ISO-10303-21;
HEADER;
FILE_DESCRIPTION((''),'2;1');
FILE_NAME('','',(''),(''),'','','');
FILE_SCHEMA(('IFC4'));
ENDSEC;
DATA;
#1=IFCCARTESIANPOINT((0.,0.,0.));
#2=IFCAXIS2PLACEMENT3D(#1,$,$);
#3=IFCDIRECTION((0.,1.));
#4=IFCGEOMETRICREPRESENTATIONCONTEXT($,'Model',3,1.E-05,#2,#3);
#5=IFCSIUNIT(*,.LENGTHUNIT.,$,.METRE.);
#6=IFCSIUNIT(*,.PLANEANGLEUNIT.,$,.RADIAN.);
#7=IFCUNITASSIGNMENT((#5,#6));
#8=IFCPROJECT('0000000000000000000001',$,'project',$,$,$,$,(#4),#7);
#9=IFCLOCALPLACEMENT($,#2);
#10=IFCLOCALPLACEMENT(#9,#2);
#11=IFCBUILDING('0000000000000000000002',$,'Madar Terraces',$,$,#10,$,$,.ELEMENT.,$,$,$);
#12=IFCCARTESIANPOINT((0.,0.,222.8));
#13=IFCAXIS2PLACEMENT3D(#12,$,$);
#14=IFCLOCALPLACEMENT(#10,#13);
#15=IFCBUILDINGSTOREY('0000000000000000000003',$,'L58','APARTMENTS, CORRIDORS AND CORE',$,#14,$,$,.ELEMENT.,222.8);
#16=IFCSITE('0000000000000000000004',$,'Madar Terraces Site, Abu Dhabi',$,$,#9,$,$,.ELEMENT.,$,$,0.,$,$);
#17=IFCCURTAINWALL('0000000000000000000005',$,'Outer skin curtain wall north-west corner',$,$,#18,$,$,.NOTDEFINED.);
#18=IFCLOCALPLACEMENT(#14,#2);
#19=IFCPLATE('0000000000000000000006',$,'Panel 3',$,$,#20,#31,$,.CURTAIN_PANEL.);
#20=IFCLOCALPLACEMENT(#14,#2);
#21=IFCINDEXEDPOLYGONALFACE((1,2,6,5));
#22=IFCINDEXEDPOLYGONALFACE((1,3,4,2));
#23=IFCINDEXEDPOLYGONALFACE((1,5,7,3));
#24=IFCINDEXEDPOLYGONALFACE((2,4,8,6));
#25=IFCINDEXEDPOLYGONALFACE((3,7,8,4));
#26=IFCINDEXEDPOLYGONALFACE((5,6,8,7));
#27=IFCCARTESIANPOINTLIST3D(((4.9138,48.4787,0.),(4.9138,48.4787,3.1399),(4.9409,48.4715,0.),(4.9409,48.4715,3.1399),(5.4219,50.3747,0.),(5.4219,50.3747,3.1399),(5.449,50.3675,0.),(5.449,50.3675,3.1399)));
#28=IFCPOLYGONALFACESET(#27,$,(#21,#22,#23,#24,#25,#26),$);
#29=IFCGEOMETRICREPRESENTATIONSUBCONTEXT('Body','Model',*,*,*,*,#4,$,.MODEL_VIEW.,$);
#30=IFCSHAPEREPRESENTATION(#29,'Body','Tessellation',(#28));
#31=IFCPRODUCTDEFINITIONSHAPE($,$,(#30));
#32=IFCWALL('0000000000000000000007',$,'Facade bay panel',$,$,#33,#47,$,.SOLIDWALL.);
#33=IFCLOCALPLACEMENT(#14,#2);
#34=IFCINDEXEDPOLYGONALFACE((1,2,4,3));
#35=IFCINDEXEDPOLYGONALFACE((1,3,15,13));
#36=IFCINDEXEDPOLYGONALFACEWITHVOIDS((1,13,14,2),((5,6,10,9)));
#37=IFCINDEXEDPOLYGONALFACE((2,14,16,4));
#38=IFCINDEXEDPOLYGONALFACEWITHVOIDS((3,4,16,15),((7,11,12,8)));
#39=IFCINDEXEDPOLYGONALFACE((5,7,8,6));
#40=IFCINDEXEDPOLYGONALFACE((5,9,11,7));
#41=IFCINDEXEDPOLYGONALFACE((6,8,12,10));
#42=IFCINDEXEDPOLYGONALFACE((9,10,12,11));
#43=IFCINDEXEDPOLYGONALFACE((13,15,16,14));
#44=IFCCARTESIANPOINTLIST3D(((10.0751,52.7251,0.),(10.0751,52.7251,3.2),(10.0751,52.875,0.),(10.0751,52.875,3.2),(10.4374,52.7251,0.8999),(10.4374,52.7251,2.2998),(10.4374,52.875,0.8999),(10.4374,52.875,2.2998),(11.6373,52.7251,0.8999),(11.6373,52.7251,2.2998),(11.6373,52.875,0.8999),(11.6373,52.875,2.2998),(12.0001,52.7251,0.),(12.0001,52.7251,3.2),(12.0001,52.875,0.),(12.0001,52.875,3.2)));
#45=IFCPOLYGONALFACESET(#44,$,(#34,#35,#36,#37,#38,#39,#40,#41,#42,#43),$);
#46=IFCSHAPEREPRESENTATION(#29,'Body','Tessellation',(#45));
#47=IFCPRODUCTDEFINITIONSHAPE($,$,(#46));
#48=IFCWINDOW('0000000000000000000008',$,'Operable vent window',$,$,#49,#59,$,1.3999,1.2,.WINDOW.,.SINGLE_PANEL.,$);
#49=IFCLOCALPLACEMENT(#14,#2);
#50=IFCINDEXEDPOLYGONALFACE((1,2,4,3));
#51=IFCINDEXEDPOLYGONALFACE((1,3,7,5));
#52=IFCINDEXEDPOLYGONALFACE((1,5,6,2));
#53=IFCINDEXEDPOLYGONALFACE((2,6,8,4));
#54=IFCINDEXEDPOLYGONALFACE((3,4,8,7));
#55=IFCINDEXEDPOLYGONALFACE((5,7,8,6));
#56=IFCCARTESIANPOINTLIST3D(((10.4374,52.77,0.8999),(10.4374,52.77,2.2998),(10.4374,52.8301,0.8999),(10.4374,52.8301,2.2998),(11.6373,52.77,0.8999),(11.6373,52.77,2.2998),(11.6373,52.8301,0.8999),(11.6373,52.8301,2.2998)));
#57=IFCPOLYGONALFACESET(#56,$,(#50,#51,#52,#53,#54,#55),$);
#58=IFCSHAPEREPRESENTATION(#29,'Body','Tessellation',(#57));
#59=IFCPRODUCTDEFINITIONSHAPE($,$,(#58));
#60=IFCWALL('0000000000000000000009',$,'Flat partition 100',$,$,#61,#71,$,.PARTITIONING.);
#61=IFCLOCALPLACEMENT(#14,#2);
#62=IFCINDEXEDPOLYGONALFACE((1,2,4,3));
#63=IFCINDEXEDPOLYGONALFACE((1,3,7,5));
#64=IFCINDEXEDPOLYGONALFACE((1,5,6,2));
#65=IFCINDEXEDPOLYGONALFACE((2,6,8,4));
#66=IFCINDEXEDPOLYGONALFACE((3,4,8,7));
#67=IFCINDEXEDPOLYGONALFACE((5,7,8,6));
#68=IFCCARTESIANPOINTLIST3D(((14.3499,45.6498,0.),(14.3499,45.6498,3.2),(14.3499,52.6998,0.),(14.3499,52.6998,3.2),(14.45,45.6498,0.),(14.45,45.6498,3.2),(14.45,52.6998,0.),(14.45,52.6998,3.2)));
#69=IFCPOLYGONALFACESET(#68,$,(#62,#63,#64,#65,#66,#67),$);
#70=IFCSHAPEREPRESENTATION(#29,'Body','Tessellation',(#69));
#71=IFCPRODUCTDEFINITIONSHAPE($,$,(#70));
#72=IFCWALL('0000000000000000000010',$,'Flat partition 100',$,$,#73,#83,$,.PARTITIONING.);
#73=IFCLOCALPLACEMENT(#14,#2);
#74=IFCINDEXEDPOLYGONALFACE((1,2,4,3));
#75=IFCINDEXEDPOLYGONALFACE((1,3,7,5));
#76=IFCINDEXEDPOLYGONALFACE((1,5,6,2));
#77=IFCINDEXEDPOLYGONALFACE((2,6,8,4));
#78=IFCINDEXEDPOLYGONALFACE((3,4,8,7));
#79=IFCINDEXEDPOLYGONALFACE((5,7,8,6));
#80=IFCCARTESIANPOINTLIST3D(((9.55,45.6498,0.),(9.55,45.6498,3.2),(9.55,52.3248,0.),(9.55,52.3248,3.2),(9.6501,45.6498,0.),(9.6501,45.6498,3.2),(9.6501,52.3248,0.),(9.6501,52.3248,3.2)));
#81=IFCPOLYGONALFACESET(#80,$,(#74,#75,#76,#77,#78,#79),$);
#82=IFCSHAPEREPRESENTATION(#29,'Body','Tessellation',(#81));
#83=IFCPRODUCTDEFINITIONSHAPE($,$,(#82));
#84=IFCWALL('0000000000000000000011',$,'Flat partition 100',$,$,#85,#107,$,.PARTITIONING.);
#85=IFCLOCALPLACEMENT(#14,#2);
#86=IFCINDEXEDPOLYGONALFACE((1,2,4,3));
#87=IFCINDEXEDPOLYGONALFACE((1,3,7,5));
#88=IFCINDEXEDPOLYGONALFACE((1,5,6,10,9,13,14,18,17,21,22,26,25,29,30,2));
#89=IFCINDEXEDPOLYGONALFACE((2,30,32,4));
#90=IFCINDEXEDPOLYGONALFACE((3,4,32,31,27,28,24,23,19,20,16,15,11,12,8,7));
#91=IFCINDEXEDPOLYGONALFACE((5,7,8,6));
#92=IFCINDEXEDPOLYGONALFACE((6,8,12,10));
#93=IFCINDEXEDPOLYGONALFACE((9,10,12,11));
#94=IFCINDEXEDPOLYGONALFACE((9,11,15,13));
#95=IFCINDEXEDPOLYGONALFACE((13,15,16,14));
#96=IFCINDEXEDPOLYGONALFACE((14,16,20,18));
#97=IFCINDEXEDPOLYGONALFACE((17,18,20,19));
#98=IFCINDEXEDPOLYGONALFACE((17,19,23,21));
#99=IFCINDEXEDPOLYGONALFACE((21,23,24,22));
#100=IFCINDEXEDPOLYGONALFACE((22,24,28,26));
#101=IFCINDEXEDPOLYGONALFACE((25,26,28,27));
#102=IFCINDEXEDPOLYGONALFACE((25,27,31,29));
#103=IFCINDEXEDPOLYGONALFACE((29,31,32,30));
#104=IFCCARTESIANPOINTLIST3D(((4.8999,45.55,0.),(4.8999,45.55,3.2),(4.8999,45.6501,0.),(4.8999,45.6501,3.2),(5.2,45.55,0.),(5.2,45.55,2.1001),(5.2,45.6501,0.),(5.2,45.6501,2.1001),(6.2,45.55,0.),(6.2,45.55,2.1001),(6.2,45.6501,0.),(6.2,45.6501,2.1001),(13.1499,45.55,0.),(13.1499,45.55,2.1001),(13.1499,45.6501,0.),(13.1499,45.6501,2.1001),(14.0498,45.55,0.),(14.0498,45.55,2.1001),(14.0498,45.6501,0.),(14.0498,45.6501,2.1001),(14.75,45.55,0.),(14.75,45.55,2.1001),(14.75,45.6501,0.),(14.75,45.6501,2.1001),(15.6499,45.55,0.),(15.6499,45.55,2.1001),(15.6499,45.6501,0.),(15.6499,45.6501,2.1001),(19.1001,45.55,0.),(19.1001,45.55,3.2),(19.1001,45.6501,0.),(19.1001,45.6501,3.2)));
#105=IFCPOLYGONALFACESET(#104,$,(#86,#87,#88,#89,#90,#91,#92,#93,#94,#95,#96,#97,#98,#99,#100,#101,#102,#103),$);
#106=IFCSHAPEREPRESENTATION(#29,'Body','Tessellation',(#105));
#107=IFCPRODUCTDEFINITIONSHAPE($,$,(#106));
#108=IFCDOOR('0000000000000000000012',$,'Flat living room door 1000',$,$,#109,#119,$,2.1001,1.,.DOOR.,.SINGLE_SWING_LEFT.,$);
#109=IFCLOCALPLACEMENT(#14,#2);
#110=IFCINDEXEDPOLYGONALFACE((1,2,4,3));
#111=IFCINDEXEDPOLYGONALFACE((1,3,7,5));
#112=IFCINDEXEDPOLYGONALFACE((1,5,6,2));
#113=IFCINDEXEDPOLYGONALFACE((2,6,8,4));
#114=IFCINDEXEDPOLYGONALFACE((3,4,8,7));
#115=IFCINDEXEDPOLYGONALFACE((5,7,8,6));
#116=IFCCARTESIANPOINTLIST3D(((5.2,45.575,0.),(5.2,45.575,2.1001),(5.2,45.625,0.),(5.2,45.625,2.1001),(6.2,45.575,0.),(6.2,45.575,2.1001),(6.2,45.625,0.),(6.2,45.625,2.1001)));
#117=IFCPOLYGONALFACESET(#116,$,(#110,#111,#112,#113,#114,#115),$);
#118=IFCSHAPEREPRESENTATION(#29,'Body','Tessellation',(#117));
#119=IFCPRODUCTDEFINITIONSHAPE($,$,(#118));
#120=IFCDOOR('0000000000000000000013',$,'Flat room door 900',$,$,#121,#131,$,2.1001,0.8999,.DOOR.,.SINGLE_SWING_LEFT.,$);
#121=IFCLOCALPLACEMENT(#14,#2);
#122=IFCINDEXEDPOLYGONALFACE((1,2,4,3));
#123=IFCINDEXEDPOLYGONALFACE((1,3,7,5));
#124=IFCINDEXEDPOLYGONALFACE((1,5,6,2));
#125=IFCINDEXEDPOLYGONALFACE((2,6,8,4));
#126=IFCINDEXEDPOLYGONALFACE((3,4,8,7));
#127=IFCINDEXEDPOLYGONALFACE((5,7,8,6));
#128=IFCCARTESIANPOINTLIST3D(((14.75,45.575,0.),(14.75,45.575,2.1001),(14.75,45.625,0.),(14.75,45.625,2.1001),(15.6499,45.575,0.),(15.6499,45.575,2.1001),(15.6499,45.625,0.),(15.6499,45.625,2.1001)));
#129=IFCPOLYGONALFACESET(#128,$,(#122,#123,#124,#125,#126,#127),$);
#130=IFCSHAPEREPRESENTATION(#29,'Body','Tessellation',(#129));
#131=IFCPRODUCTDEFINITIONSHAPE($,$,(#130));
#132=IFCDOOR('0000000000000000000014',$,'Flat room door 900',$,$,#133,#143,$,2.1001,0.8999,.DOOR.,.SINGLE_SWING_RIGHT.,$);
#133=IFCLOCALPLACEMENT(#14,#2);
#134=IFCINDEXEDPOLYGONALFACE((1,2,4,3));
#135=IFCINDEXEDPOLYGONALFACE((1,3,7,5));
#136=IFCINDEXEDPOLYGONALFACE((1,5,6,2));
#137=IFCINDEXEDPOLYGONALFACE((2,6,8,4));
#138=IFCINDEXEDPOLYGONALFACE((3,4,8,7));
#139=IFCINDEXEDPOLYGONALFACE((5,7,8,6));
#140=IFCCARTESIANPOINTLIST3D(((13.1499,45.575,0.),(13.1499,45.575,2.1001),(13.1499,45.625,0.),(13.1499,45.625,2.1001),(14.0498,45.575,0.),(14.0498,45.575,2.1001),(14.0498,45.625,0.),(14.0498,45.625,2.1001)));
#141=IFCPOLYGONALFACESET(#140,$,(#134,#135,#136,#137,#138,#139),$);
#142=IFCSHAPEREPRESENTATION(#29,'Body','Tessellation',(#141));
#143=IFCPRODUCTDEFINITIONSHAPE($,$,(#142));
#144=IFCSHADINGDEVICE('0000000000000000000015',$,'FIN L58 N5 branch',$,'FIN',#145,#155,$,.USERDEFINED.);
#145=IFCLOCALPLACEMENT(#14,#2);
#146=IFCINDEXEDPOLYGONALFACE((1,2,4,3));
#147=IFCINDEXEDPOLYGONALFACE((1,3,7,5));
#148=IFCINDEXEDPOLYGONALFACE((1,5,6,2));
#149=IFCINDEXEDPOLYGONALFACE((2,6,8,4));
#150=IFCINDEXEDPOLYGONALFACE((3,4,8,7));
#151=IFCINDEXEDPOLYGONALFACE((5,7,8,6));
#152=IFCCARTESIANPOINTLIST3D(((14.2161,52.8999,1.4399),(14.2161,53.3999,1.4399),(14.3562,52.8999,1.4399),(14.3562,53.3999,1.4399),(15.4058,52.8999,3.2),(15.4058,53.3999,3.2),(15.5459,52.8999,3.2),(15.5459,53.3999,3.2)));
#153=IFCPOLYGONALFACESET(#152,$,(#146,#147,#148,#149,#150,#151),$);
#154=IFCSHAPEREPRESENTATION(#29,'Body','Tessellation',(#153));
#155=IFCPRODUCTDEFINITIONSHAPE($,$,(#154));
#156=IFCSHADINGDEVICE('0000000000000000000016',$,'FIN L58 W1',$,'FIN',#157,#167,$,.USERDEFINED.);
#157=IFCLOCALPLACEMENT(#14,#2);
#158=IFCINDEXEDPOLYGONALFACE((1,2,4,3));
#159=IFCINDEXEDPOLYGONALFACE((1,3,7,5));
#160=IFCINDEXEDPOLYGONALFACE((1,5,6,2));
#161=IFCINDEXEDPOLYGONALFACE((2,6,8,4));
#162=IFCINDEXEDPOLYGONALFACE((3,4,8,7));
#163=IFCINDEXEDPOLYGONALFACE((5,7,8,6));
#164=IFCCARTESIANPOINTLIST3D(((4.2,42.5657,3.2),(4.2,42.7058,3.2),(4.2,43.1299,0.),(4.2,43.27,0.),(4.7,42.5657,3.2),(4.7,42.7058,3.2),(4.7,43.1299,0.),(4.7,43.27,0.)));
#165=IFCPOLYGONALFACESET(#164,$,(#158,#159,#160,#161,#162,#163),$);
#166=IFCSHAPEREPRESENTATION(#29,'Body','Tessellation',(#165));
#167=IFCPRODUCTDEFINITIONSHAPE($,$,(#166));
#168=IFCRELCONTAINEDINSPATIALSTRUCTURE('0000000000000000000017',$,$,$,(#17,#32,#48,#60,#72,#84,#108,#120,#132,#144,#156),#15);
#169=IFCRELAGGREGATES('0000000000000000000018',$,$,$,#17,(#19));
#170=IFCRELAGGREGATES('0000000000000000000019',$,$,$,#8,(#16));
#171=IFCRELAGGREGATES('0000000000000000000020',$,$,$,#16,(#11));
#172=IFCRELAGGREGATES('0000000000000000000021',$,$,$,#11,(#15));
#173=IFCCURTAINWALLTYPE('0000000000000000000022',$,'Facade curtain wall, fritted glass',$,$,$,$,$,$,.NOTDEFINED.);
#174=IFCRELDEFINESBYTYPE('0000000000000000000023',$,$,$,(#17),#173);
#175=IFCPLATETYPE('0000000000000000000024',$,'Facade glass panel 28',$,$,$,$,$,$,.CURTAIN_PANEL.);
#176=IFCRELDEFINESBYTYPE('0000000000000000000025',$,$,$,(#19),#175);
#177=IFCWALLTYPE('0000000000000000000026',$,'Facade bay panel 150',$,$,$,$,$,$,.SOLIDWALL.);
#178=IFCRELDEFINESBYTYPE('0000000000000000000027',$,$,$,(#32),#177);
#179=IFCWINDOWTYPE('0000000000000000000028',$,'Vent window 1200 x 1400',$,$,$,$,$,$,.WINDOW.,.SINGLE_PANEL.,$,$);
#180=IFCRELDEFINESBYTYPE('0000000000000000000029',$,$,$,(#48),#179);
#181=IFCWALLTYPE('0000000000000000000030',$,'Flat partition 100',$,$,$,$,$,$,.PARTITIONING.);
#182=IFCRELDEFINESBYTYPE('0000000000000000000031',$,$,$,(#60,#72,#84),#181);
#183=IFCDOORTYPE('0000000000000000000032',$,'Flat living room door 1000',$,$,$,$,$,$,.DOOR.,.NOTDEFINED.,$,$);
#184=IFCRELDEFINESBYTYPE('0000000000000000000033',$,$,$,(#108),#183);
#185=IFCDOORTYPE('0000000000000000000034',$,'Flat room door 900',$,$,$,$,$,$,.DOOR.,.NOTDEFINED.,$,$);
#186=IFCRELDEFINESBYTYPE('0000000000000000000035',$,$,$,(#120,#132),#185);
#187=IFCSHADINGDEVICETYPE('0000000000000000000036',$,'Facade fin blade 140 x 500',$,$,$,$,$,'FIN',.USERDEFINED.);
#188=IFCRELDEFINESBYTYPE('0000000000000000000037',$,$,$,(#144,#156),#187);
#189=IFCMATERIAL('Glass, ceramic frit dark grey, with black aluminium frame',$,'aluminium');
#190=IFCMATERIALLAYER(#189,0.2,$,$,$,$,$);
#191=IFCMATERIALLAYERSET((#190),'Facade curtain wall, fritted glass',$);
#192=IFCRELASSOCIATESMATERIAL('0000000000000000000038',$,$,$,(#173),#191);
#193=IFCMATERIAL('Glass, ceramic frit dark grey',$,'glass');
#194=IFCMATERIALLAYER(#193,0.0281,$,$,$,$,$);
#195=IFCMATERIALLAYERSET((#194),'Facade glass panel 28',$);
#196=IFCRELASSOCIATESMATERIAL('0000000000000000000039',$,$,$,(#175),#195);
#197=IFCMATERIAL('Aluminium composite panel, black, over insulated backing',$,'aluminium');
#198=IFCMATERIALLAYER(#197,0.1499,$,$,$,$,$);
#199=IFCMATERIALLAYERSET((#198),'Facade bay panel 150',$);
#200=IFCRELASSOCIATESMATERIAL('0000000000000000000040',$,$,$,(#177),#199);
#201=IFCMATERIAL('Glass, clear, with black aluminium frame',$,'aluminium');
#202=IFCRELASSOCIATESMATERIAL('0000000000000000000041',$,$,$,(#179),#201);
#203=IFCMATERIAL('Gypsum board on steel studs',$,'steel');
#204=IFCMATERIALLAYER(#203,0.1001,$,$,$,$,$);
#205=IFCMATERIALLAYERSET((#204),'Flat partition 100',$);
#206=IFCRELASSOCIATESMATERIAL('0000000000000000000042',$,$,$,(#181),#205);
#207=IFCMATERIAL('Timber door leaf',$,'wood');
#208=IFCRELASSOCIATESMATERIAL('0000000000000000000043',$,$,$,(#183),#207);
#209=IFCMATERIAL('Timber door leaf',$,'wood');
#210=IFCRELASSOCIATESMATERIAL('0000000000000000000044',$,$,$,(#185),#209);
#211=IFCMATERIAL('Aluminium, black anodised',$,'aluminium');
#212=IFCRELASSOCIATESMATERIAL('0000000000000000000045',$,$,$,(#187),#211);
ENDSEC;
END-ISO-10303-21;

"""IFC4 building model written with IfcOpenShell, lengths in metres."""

from ifc_helpers import new_model, si_unit, direction, frame, frame_2d, origin, origin_2d, place, context, subcontext, project, spatial, polyline, rectangle, outline, extrude, material, layer, layer_set, type_object, element, fill, aggregate, save


model = new_model("IFC4")

# Units and contexts
model_context = context("Model", 3, precision=1e-05, world=origin(), true_north=direction((0.0, 1.0)))
body_context = subcontext(model_context, "Body", "Model", "MODEL_VIEW")
ifc_project = project(units=[si_unit("LENGTHUNIT", "METRE"), si_unit("PLANEANGLEUNIT", "RADIAN")], contexts=[model_context])

# Site, building, storey
site_placement = place(None, origin())
site = spatial("IfcSite", under=ifc_project, at=site_placement, Name="Madar Terraces Site, Abu Dhabi", CompositionType="ELEMENT", RefElevation=0.0)
building_placement = place(site_placement, origin())
building = spatial("IfcBuilding", under=site, at=building_placement, Name="Madar Terraces", CompositionType="ELEMENT")
storey_placement = place(building_placement, frame((0.0, 0.0, 222.8)))
storey = spatial("IfcBuildingStorey", under=building, at=storey_placement, Name="L58", Description="APARTMENTS, CORRIDORS AND CORE", CompositionType="ELEMENT", Elevation=222.8)

# Shared definitions
ifc_material_1 = material(Name="Glass, ceramic frit dark grey, with black aluminium frame", Category="aluminium")
ifc_layer_1 = layer(ifc_material_1, 0.2)
ifc_layer_set_1 = layer_set([ifc_layer_1], Name="Facade curtain wall, fritted glass")
curtain_wall_type = type_object("IfcCurtainWallType", Name="Facade curtain wall, fritted glass", PredefinedType="NOTDEFINED", material=ifc_layer_set_1)

# Curtain wall
curtain_wall_1_placement = place(storey_placement, origin())
curtain_wall_1 = element("IfcCurtainWall", 1, at=curtain_wall_1_placement, inside=storey, type_object=curtain_wall_type, Name="Outer skin curtain wall north-west corner", PredefinedType="NOTDEFINED")

# Shared definitions
ifc_material_2 = material(Name="Glass, ceramic frit dark grey", Category="glass")
ifc_layer_2 = layer(ifc_material_2, 0.0281)
ifc_layer_set_2 = layer_set([ifc_layer_2], Name="Facade glass panel 28")
plate_type = type_object("IfcPlateType", Name="Facade glass panel 28", PredefinedType="CURTAIN_PANEL", material=ifc_layer_set_2)

# Plate
plate_1_placement = place(storey_placement, frame((5.1814, 49.4231, 0.0), z_axis=(0.0, 0.0, 1.0), x_axis=(-0.258819, -0.965926, 0.0)))
plate_1 = element("IfcPlate", 2, at=plate_1_placement, type_object=plate_type, Name="Panel 3", PredefinedType="CURTAIN_PANEL", context=body_context, shape_type="SweptSolid", body=[
    extrude(rectangle(XDim=1.9629, YDim=0.0281, at=origin_2d()), origin(), (0.0, 0.0, 1.0), 3.1399),
])
aggregate(curtain_wall_1, [plate_1])

# Wall, opening, window
ifc_material_3 = material(Name="Aluminium composite panel, black, over insulated backing", Category="aluminium")
ifc_layer_3 = layer(ifc_material_3, 0.1499)
ifc_layer_set_3 = layer_set([ifc_layer_3], Name="Facade bay panel 150")
wall_type_1 = type_object("IfcWallType", Name="Facade bay panel 150", PredefinedType="SOLIDWALL", material=ifc_layer_set_3)
wall_1_placement = place(storey_placement, frame((12.0, 52.8, 0.0), z_axis=(0.0, 0.0, 1.0), x_axis=(-1.0, 0.0, 0.0)))
wall_1 = element("IfcWall", 3, at=wall_1_placement, inside=storey, type_object=wall_type_1, Name="Facade bay panel", PredefinedType="SOLIDWALL", context=body_context, shape_type="SweptSolid", body=[
    extrude(rectangle(XDim=1.925, YDim=0.1499, at=frame_2d((0.9624, 0.0))), origin(), (0.0, 0.0, 1.0), 3.2),
])
opening_1_placement = place(wall_1_placement, frame((0.3625, 0.0, 0.8999)))
opening_1 = element("IfcOpeningElement", 4, at=opening_1_placement, cuts=wall_1, PredefinedType="OPENING", context=body_context, shape_type="SweptSolid", body=[
    extrude(rectangle(XDim=1.2, YDim=1.3999, at=frame_2d((0.6001, 0.7))), frame((0.0, 0.085, 0.0), z_axis=(0.0, -1.0, 0.0), x_axis=(1.0, 0.0, 0.0)), (0.0, 0.0, 1.0), 0.1699),
])
ifc_material_4 = material(Name="Glass, clear, with black aluminium frame", Category="aluminium")
window_type = type_object("IfcWindowType", Name="Vent window 1200 x 1400", PartitioningType="SINGLE_PANEL", PredefinedType="WINDOW", material=ifc_material_4)
window_placement = place(opening_1_placement, origin())
window = element("IfcWindow", 5, at=window_placement, inside=storey, type_object=window_type, Name="Operable vent window", OverallHeight=1.3999, OverallWidth=1.2, PartitioningType="SINGLE_PANEL", PredefinedType="WINDOW", context=body_context, shape_type="SweptSolid", body=[
    extrude(rectangle(XDim=1.2, YDim=1.3999, at=frame_2d((0.6001, 0.7))), frame((0.0, 0.03, 0.0), z_axis=(0.0, -1.0, 0.0), x_axis=(1.0, 0.0, 0.0)), (0.0, 0.0, 1.0), 0.0601),
])
fill(opening_1, window)

# Walls
ifc_material_5 = material(Name="Gypsum board on steel studs", Category="steel")
ifc_layer_4 = layer(ifc_material_5, 0.1001)
ifc_layer_set_4 = layer_set([ifc_layer_4], Name="Flat partition 100")
wall_type_2 = type_object("IfcWallType", Name="Flat partition 100", PredefinedType="PARTITIONING", material=ifc_layer_set_4)
wall_2_placement = place(storey_placement, frame((14.3999, 45.6499, 0.0), z_axis=(0.0, 0.0, 1.0), x_axis=(0.0, 1.0, 0.0)))
element("IfcWall", 6, at=wall_2_placement, inside=storey, type_object=wall_type_2, Name="Flat partition 100", PredefinedType="PARTITIONING", context=body_context, shape_type="SweptSolid", body=[
    extrude(rectangle(XDim=7.05, YDim=0.1001, at=frame_2d((3.5249, 0.0))), origin(), (0.0, 0.0, 1.0), 3.2),
])
wall_3_placement = place(storey_placement, frame((9.6001, 45.6499, 0.0), z_axis=(0.0, 0.0, 1.0), x_axis=(0.0, 1.0, 0.0)))
element("IfcWall", 7, at=wall_3_placement, inside=storey, type_object=wall_type_2, Name="Flat partition 100", PredefinedType="PARTITIONING", context=body_context, shape_type="SweptSolid", body=[
    extrude(rectangle(XDim=6.675, YDim=0.1001, at=frame_2d((3.3374, 0.0))), origin(), (0.0, 0.0, 1.0), 3.2),
])

# Wall, openings, doors
wall_4_placement = place(storey_placement, frame((4.8999, 45.6001, 0.0), z_axis=(0.0, 0.0, 1.0), x_axis=(1.0, 0.0, 0.0)))
wall_4 = element("IfcWall", 8, at=wall_4_placement, inside=storey, type_object=wall_type_2, Name="Flat partition 100", PredefinedType="PARTITIONING", context=body_context, shape_type="SweptSolid", body=[
    extrude(rectangle(XDim=14.2002, YDim=0.1001, at=frame_2d((7.1001, 0.0))), origin(), (0.0, 0.0, 1.0), 3.2),
])
opening_2_placement = place(wall_4_placement, frame((9.8501, 0.0, 0.0)))
opening_2 = element("IfcOpeningElement", 9, at=opening_2_placement, cuts=wall_4, PredefinedType="OPENING", context=body_context, shape_type="SweptSolid", body=[
    extrude(rectangle(XDim=0.8999, YDim=2.1001, at=frame_2d((0.45, 1.05))), frame((0.0, 0.0601, 0.0), z_axis=(0.0, -1.0, 0.0), x_axis=(1.0, 0.0, 0.0)), (0.0, 0.0, 1.0), 0.1201),
])
opening_3_placement = place(wall_4_placement, frame((8.25, 0.0, 0.0)))
opening_3 = element("IfcOpeningElement", 10, at=opening_3_placement, cuts=wall_4, PredefinedType="OPENING", context=body_context, shape_type="SweptSolid", body=[
    extrude(rectangle(XDim=0.8999, YDim=2.1001, at=frame_2d((0.45, 1.05))), frame((0.0, 0.0601, 0.0), z_axis=(0.0, -1.0, 0.0), x_axis=(1.0, 0.0, 0.0)), (0.0, 0.0, 1.0), 0.1201),
])
opening_4_placement = place(wall_4_placement, frame((0.3, 0.0, 0.0)))
opening_4 = element("IfcOpeningElement", 11, at=opening_4_placement, cuts=wall_4, PredefinedType="OPENING", context=body_context, shape_type="SweptSolid", body=[
    extrude(rectangle(XDim=1.0, YDim=2.1001, at=frame_2d((0.5, 1.05))), frame((0.0, 0.0601, 0.0), z_axis=(0.0, -1.0, 0.0), x_axis=(1.0, 0.0, 0.0)), (0.0, 0.0, 1.0), 0.1201),
])
ifc_material_6 = material(Name="Timber door leaf", Category="wood")
door_type_1 = type_object("IfcDoorType", Name="Flat living room door 1000", OperationType="NOTDEFINED", PredefinedType="DOOR", material=ifc_material_6)
door_1_placement = place(opening_4_placement, origin())
door_1 = element("IfcDoor", 12, at=door_1_placement, inside=storey, type_object=door_type_1, Name="Flat living room door 1000", OperationType="SINGLE_SWING_LEFT", OverallHeight=2.1001, OverallWidth=1.0, PredefinedType="DOOR", context=body_context, shape_type="SweptSolid", body=[
    extrude(rectangle(XDim=1.0, YDim=2.1001, at=frame_2d((0.5, 1.05))), frame((0.0, 0.0249, 0.0), z_axis=(0.0, -1.0, 0.0), x_axis=(1.0, 0.0, 0.0)), (0.0, 0.0, 1.0), 0.05),
])
fill(opening_4, door_1)
ifc_material_7 = material(Name="Timber door leaf", Category="wood")
door_type_2 = type_object("IfcDoorType", Name="Flat room door 900", OperationType="NOTDEFINED", PredefinedType="DOOR", material=ifc_material_7)
door_2_placement = place(opening_2_placement, origin())
door_2 = element("IfcDoor", 13, at=door_2_placement, inside=storey, type_object=door_type_2, Name="Flat room door 900", OperationType="SINGLE_SWING_LEFT", OverallHeight=2.1001, OverallWidth=0.8999, PredefinedType="DOOR", context=body_context, shape_type="SweptSolid", body=[
    extrude(rectangle(XDim=0.8999, YDim=2.1001, at=frame_2d((0.45, 1.05))), frame((0.0, 0.0249, 0.0), z_axis=(0.0, -1.0, 0.0), x_axis=(1.0, 0.0, 0.0)), (0.0, 0.0, 1.0), 0.05),
])
fill(opening_2, door_2)
door_3_placement = place(opening_3_placement, origin())
door_3 = element("IfcDoor", 14, at=door_3_placement, inside=storey, type_object=door_type_2, Name="Flat room door 900", OperationType="SINGLE_SWING_RIGHT", OverallHeight=2.1001, OverallWidth=0.8999, PredefinedType="DOOR", context=body_context, shape_type="SweptSolid", body=[
    extrude(rectangle(XDim=0.8999, YDim=2.1001, at=frame_2d((0.45, 1.05))), frame((0.0, 0.0249, 0.0), z_axis=(0.0, -1.0, 0.0), x_axis=(1.0, 0.0, 0.0)), (0.0, 0.0, 1.0), 0.05),
])
fill(opening_3, door_3)

# Shading devices
ifc_material_8 = material(Name="Aluminium, black anodised", Category="aluminium")
shading_device_type = type_object("IfcShadingDeviceType", Name="Facade fin blade 140 x 500", ElementType="FIN", PredefinedType="USERDEFINED", material=ifc_material_8)
shading_device_1_placement = place(storey_placement, frame((14.3562, 53.1499, 1.4399), z_axis=(0.0, 0.0, 1.0), x_axis=(-1.0, 0.0, 0.0)))
element("IfcShadingDevice", 15, at=shading_device_1_placement, inside=storey, type_object=shading_device_type, Name="FIN L58 N5 branch", ObjectType="FIN", PredefinedType="USERDEFINED", context=body_context, shape_type="SweptSolid", body=[
    extrude(outline(polyline([(0.0, 0.0), (0.1401, 0.0), (-1.0496, 1.76), (-1.1897, 1.76), (0.0, 0.0)])), frame((0.0, 0.25, 0.0), z_axis=(0.0, -1.0, 0.0), x_axis=(1.0, 0.0, 0.0)), (0.0, 0.0, 1.0), 0.5),
])
shading_device_2_placement = place(storey_placement, frame((4.45, 43.27, 0.0), z_axis=(0.0, 0.0, 1.0), x_axis=(0.0, -1.0, 0.0)))
element("IfcShadingDevice", 16, at=shading_device_2_placement, inside=storey, type_object=shading_device_type, Name="FIN L58 W1", ObjectType="FIN", PredefinedType="USERDEFINED", context=body_context, shape_type="SweptSolid", body=[
    extrude(outline(polyline([(0.0, 0.0), (0.1401, 0.0), (0.7043, 3.2), (0.5642, 3.2), (0.0, 0.0)])), frame((0.0, 0.25, 0.0), z_axis=(0.0, -1.0, 0.0), x_axis=(1.0, 0.0, 0.0)), (0.0, 0.0, 1.0), 0.5),
])

save(model, "model.ifc")
